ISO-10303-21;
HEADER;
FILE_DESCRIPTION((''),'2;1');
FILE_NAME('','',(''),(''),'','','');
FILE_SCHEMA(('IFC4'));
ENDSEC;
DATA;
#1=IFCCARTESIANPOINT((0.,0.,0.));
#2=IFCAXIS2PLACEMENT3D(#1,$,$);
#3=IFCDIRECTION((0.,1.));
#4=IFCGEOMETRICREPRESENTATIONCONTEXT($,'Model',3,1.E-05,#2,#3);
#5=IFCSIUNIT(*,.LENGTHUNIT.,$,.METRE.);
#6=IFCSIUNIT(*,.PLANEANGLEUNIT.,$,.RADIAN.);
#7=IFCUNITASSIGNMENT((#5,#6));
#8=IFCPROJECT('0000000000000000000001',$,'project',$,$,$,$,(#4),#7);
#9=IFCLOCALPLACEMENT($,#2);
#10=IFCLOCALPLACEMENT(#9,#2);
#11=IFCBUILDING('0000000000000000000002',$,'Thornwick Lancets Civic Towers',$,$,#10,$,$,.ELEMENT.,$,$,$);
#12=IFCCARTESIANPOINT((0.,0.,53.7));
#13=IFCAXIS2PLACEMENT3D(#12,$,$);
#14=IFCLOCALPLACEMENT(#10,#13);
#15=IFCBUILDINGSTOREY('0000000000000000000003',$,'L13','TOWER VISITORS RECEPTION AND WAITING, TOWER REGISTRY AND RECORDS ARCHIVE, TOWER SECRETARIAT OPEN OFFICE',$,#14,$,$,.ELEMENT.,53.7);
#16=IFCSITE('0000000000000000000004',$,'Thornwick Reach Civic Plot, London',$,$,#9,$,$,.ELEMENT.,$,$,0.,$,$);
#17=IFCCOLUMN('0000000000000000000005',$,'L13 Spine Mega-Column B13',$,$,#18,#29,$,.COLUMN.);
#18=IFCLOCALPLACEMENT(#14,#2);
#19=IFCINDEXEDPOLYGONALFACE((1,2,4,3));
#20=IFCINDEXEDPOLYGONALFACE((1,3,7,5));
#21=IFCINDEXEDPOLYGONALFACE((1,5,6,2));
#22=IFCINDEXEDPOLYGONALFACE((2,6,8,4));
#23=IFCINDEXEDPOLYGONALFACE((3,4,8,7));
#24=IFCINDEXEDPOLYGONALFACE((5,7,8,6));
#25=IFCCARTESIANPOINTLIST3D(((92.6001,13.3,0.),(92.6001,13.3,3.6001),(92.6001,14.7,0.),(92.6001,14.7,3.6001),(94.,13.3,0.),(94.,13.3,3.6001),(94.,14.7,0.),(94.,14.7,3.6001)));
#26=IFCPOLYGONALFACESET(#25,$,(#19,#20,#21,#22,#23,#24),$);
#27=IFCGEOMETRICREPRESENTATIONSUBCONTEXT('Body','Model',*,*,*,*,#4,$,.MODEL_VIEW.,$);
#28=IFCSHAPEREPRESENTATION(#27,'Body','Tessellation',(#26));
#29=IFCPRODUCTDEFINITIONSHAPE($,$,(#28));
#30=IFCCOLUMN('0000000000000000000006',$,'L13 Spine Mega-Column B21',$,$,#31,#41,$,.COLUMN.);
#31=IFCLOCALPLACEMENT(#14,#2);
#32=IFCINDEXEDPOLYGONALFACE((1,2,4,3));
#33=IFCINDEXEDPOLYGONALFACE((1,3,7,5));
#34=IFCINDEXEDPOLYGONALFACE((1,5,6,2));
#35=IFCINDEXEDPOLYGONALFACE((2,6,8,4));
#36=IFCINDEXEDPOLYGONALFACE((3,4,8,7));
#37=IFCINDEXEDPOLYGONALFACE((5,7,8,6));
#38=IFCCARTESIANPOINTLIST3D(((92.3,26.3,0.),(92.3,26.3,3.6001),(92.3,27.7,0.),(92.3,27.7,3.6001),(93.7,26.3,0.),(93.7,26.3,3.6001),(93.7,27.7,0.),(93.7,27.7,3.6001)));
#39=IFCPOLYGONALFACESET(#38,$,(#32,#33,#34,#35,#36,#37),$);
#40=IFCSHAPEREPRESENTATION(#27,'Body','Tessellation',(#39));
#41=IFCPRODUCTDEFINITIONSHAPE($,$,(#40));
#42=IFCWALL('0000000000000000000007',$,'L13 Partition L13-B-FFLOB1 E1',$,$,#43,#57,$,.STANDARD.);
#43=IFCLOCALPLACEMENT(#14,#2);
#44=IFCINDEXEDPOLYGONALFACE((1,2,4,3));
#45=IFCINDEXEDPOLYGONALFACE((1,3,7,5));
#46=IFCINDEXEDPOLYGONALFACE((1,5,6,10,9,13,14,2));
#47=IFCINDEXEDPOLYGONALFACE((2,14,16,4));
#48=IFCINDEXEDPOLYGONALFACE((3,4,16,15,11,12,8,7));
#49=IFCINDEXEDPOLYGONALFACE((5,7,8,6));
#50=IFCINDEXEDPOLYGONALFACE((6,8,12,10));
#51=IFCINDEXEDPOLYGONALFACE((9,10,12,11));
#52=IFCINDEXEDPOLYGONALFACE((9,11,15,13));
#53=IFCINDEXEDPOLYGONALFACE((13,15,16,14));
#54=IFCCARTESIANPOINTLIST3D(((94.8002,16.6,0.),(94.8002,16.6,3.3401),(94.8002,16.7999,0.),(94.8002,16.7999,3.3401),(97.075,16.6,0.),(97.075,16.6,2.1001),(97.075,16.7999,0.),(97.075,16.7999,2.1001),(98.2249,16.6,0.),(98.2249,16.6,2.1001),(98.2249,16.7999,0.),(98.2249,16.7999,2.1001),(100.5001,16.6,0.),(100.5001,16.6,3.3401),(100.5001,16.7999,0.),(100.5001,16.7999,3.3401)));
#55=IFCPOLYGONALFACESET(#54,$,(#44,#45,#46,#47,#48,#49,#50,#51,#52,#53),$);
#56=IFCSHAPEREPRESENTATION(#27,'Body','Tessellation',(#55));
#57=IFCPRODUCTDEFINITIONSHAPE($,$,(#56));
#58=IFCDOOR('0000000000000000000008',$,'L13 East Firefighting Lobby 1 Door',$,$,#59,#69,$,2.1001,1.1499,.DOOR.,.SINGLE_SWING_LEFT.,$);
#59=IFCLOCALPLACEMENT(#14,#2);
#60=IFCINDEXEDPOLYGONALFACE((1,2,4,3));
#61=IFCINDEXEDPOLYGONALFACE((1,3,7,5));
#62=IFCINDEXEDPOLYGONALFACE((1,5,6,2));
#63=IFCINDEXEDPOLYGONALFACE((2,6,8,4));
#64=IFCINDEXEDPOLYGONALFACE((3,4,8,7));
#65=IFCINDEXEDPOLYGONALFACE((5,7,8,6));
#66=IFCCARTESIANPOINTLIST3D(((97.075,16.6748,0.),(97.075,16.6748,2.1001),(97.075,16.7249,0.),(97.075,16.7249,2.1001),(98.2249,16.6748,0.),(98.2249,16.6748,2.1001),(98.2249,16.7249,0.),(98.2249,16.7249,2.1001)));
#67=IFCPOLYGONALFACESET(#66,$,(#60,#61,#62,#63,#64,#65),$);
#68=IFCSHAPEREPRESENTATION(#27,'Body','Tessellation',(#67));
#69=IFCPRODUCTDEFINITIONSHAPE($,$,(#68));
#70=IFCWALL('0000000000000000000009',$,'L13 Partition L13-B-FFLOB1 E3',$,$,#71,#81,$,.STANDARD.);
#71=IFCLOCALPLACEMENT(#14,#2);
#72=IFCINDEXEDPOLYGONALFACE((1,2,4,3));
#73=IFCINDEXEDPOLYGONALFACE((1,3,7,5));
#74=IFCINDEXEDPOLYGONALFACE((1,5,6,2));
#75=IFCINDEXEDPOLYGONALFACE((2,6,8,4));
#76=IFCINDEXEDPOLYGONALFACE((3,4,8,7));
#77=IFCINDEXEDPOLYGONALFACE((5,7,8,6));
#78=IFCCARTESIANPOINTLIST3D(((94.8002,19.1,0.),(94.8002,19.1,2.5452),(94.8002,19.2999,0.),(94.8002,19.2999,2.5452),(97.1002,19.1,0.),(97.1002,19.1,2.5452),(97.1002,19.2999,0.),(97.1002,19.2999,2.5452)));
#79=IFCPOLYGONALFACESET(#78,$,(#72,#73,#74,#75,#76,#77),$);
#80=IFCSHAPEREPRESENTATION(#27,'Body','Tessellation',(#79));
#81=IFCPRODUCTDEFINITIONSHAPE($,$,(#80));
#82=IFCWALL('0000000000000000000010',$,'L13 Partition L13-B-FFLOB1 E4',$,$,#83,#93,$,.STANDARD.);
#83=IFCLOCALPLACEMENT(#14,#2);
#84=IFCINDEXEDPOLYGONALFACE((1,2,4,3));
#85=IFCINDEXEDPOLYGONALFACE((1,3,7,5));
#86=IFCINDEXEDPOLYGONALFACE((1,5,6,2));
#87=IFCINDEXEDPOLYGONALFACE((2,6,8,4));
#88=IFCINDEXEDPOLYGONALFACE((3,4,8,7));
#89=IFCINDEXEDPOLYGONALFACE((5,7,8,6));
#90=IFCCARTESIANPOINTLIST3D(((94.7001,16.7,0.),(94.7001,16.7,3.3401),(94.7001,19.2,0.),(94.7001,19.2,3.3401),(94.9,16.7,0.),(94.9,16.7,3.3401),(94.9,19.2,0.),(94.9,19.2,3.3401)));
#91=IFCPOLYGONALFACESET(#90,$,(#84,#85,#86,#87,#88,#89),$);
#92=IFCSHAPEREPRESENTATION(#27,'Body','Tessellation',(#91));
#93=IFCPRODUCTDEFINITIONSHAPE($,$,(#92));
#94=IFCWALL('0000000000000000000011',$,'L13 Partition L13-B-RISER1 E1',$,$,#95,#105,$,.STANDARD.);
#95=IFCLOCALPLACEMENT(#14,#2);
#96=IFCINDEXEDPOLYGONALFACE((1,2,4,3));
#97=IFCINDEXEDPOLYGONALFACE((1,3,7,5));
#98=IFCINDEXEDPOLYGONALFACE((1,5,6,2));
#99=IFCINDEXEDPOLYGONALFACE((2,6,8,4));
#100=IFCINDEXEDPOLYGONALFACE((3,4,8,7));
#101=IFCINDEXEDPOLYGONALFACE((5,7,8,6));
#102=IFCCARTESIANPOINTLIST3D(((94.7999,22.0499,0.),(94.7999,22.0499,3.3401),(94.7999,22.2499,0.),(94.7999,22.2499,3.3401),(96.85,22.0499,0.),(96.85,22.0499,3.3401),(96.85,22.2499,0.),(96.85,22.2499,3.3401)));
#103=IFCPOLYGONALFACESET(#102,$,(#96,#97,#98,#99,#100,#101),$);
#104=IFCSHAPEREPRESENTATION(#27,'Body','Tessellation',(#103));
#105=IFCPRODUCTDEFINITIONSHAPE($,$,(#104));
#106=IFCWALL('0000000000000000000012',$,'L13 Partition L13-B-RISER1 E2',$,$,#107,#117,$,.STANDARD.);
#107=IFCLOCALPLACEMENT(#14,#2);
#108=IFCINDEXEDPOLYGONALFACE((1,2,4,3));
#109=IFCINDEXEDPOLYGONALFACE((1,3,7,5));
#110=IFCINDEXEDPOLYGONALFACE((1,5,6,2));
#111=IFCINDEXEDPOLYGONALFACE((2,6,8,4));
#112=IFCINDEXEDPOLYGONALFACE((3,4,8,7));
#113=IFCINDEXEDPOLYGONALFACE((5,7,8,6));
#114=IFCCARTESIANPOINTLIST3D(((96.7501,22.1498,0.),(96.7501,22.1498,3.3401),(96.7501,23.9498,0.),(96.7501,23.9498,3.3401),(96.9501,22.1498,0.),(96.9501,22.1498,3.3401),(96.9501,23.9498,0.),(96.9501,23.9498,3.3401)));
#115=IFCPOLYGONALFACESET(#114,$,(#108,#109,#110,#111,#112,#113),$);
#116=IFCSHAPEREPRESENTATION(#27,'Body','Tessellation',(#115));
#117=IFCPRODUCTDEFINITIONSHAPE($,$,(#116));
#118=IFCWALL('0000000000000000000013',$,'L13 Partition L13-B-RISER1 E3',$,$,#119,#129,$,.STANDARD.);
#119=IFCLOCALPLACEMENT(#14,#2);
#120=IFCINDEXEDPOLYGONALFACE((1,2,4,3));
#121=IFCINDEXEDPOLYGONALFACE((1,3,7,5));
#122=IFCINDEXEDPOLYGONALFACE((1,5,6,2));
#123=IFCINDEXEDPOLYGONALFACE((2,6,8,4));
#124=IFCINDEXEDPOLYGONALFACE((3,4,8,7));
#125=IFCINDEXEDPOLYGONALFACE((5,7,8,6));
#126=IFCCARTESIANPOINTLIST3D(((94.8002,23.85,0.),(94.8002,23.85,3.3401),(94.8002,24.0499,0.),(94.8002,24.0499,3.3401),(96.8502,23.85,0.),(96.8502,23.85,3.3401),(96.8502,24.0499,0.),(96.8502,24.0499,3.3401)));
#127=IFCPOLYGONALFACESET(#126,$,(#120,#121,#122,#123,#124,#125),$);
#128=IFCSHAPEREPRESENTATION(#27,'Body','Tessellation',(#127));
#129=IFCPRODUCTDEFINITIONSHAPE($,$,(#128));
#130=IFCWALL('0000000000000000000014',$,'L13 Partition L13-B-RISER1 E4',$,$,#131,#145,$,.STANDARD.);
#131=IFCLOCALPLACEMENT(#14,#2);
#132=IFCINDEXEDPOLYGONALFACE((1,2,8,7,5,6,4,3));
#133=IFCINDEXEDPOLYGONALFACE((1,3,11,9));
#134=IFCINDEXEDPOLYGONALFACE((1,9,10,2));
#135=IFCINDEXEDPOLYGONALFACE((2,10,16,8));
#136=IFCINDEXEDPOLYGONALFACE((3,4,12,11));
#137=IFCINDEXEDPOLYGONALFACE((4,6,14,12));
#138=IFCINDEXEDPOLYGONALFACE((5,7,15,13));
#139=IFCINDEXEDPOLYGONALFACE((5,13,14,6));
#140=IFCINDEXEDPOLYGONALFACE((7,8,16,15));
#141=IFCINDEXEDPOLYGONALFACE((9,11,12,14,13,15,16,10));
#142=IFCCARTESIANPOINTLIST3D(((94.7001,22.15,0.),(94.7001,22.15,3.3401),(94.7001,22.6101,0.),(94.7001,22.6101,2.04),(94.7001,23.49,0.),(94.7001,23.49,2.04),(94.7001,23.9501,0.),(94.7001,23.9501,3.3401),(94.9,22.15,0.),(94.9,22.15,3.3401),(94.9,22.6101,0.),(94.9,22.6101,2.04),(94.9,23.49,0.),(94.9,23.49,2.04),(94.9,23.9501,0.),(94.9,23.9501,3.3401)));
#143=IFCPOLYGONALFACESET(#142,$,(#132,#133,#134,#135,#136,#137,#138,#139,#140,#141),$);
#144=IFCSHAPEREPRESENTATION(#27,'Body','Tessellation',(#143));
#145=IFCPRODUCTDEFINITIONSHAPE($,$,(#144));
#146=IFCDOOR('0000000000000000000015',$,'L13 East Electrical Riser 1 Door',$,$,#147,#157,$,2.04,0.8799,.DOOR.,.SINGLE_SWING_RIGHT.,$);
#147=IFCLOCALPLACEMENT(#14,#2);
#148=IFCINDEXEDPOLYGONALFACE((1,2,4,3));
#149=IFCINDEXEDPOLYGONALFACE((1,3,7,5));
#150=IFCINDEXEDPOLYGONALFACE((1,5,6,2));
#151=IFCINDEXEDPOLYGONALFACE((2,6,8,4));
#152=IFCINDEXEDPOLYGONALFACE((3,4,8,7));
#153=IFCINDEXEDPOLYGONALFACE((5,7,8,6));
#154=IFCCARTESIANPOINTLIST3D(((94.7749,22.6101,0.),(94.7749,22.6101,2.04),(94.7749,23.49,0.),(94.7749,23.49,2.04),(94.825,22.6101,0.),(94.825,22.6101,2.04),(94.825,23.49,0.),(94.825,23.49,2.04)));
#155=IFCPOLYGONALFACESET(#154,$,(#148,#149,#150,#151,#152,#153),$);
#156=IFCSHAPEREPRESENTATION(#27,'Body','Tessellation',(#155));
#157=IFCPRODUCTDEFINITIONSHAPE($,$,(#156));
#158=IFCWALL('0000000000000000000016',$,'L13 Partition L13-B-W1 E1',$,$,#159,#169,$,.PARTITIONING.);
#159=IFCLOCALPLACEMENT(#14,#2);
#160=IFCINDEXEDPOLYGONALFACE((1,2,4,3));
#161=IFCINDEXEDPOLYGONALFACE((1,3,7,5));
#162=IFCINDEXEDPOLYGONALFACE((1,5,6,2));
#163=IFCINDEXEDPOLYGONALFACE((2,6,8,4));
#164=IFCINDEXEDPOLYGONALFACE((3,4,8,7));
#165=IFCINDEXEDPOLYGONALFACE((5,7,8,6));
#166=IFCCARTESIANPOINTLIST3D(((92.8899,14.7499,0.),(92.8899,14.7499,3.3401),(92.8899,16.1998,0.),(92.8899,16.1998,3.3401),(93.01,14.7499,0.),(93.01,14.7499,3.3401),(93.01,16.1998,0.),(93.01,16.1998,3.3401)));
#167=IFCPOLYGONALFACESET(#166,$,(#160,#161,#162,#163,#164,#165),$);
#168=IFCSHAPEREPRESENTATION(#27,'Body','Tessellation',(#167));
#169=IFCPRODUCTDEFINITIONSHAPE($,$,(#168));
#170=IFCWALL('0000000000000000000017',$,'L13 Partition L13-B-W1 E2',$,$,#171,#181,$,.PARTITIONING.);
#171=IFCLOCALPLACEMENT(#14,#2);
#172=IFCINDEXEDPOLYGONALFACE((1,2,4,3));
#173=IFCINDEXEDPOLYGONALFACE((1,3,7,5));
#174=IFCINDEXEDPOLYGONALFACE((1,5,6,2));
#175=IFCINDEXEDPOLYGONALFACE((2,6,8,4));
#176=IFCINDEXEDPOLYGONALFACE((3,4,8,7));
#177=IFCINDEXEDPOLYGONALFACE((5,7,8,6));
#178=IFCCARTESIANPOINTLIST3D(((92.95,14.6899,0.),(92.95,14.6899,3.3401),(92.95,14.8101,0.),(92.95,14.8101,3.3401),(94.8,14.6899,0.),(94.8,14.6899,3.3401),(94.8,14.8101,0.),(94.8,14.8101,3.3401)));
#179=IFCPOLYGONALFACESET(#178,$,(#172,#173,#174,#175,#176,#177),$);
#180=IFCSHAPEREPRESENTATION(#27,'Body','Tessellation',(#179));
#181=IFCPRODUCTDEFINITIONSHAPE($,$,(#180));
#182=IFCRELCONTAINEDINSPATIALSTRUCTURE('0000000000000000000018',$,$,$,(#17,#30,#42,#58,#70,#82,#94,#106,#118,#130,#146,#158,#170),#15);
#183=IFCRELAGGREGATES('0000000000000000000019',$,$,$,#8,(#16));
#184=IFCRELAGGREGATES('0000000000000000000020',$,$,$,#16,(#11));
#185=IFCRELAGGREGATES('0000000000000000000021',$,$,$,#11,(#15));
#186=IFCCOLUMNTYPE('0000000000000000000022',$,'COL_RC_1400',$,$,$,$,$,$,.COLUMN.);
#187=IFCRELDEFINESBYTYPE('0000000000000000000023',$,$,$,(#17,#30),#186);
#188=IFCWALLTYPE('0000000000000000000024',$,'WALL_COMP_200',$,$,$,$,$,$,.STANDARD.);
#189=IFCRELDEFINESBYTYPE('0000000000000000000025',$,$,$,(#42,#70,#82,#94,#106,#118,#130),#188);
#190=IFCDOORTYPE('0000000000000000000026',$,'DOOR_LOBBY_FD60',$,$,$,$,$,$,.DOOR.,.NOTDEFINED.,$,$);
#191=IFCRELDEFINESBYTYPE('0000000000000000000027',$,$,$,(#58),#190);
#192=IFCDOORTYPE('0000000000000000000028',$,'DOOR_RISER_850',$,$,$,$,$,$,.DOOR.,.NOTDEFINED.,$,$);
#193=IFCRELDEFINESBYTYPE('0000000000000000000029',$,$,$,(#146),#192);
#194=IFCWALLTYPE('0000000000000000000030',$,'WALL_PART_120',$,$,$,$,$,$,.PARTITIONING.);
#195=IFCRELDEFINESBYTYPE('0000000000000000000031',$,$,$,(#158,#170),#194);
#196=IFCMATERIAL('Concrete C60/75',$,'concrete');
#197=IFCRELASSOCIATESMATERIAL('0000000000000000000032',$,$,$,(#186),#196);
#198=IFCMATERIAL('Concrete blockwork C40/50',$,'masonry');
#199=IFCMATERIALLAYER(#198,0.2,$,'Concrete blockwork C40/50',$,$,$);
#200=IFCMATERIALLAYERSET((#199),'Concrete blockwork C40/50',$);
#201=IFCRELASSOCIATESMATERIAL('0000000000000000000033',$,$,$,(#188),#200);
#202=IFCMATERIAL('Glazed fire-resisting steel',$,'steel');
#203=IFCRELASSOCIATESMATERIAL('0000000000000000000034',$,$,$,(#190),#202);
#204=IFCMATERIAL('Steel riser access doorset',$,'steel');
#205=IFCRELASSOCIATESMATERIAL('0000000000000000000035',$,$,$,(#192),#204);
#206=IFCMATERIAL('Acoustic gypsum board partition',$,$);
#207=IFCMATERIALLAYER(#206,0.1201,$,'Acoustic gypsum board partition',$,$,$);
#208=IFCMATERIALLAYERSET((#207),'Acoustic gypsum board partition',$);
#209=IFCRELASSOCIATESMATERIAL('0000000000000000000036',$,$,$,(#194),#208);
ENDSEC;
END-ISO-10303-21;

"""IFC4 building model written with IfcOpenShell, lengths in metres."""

from ifc_helpers import new_model, si_unit, direction, frame, frame_2d, origin, origin_2d, place, context, subcontext, project, spatial, rectangle, extrude, material, layer, layer_set, material_profile, profile_set, type_object, element, fill, save


model = new_model("IFC4")

# Units and contexts
model_context = context("Model", 3, precision=1e-05, world=origin(), true_north=direction((0.0, 1.0)))
body_context = subcontext(model_context, "Body", "Model", "MODEL_VIEW")
ifc_project = project(units=[si_unit("LENGTHUNIT", "METRE"), si_unit("PLANEANGLEUNIT", "RADIAN")], contexts=[model_context])

# Site, building, storey
site_placement = place(None, origin())
site = spatial("IfcSite", under=ifc_project, at=site_placement, Name="Thornwick Reach Civic Plot, London", CompositionType="ELEMENT", RefElevation=0.0)
building_placement = place(site_placement, origin())
building = spatial("IfcBuilding", under=site, at=building_placement, Name="Thornwick Lancets Civic Towers", CompositionType="ELEMENT")
storey_placement = place(building_placement, frame((0.0, 0.0, 53.7)))
storey = spatial("IfcBuildingStorey", under=building, at=storey_placement, Name="L13", Description="TOWER VISITORS RECEPTION AND WAITING, TOWER REGISTRY AND RECORDS ARCHIVE, TOWER SECRETARIAT OPEN OFFICE", CompositionType="ELEMENT", Elevation=53.7)

# Columns
ifc_material_1 = material(Name="Concrete C60/75", Category="concrete")
ifc_material_profile = material_profile(ifc_material_1, rectangle(XDim=1.3999, YDim=1.3999, at=origin_2d()), Name="RC 1400x1400")
ifc_profile_set = profile_set([ifc_material_profile], Name="Concrete C60/75")
column_type = type_object("IfcColumnType", Name="COL_RC_1400", PredefinedType="COLUMN", material=ifc_profile_set)
for number, where, z_axis, x_axis, name in (
    (1, (93.3, 14.0, 0.0), (0.0, 0.0, 1.0), (1.0, 0.0, 0.0), "L13 Spine Mega-Column B13"),
    (2, (93.0, 27.0, 0.0), (0.0, 0.0, 1.0), (1.0, 0.0, 0.0), "L13 Spine Mega-Column B21"),
):
    element("IfcColumn", number, at=place(storey_placement, frame(where, z_axis=z_axis, x_axis=x_axis)), inside=storey, type_object=column_type, Name=name, PredefinedType="COLUMN", context=body_context, shape_type="SweptSolid", body=[
        extrude(rectangle(XDim=1.3999, YDim=1.3999, at=origin_2d()), origin(), (0.0, 0.0, 1.0), 3.6001),
    ])

# Wall, opening, door
ifc_material_2 = material(Name="Concrete blockwork C40/50", Category="masonry")
ifc_layer_1 = layer(ifc_material_2, 0.2, Name="Concrete blockwork C40/50")
ifc_layer_set_1 = layer_set([ifc_layer_1], Name="Concrete blockwork C40/50")
wall_type_1 = type_object("IfcWallType", Name="WALL_COMP_200", PredefinedType="STANDARD", material=ifc_layer_set_1)
wall_1_placement = place(storey_placement, frame((94.8, 16.7, 0.0), z_axis=(0.0, 0.0, 1.0), x_axis=(1.0, 0.0, 0.0)))
wall_1 = element("IfcWall", 3, at=wall_1_placement, inside=storey, type_object=wall_type_1, Name="L13 Partition L13-B-FFLOB1 E1", PredefinedType="STANDARD", context=body_context, shape_type="SweptSolid", body=[
    extrude(rectangle(XDim=5.7, YDim=0.2, at=frame_2d((2.8501, 0.0))), origin(), (0.0, 0.0, 1.0), 3.3401),
])
opening_1_placement = place(wall_1_placement, frame((2.2749, 0.0, 0.0)))
opening_1 = element("IfcOpeningElement", 4, at=opening_1_placement, cuts=wall_1, PredefinedType="OPENING", context=body_context, shape_type="SweptSolid", body=[
    extrude(rectangle(XDim=1.1499, YDim=2.1001, at=frame_2d((0.575, 1.05))), frame((0.0, 0.1099, 0.0), z_axis=(0.0, -1.0, 0.0), x_axis=(1.0, 0.0, 0.0)), (0.0, 0.0, 1.0), 0.22),
])
ifc_material_3 = material(Name="Glazed fire-resisting steel", Category="steel")
door_type_1 = type_object("IfcDoorType", Name="DOOR_LOBBY_FD60", OperationType="NOTDEFINED", PredefinedType="DOOR", material=ifc_material_3)
door_1_placement = place(opening_1_placement, origin())
door_1 = element("IfcDoor", 5, at=door_1_placement, inside=storey, type_object=door_type_1, Name="L13 East Firefighting Lobby 1 Door", OperationType="SINGLE_SWING_LEFT", OverallHeight=2.1001, OverallWidth=1.1499, PredefinedType="DOOR", context=body_context, shape_type="SweptSolid", body=[
    extrude(rectangle(XDim=1.1499, YDim=2.1001, at=frame_2d((0.575, 1.05))), frame((0.0, 0.0249, 0.0), z_axis=(0.0, -1.0, 0.0), x_axis=(1.0, 0.0, 0.0)), (0.0, 0.0, 1.0), 0.05),
])
fill(opening_1, door_1)

# Walls
wall_2_placement = place(storey_placement, frame((97.1001, 19.2, 0.0), z_axis=(0.0, 0.0, 1.0), x_axis=(-1.0, 0.0, 0.0)))
element("IfcWall", 6, at=wall_2_placement, inside=storey, type_object=wall_type_1, Name="L13 Partition L13-B-FFLOB1 E3", PredefinedType="STANDARD", context=body_context, shape_type="SweptSolid", body=[
    extrude(rectangle(XDim=2.3, YDim=0.2, at=frame_2d((1.1499, 0.0))), origin(), (0.0, 0.0, 1.0), 2.5452),
])
wall_3_placement = place(storey_placement, frame((94.8, 19.2, 0.0), z_axis=(0.0, 0.0, 1.0), x_axis=(0.0, -1.0, 0.0)))
element("IfcWall", 7, at=wall_3_placement, inside=storey, type_object=wall_type_1, Name="L13 Partition L13-B-FFLOB1 E4", PredefinedType="STANDARD", context=body_context, shape_type="SweptSolid", body=[
    extrude(rectangle(XDim=2.5, YDim=0.2, at=frame_2d((1.25, 0.0))), origin(), (0.0, 0.0, 1.0), 3.3401),
])
wall_4_placement = place(storey_placement, frame((94.8, 22.1499, 0.0), z_axis=(0.0, 0.0, 1.0), x_axis=(1.0, 0.0, 0.0)))
element("IfcWall", 8, at=wall_4_placement, inside=storey, type_object=wall_type_1, Name="L13 Partition L13-B-RISER1 E1", PredefinedType="STANDARD", context=body_context, shape_type="SweptSolid", body=[
    extrude(rectangle(XDim=2.05, YDim=0.2, at=frame_2d((1.0249, 0.0))), origin(), (0.0, 0.0, 1.0), 3.3401),
])
wall_5_placement = place(storey_placement, frame((96.8501, 22.1499, 0.0), z_axis=(0.0, 0.0, 1.0), x_axis=(0.0, 1.0, 0.0)))
element("IfcWall", 9, at=wall_5_placement, inside=storey, type_object=wall_type_1, Name="L13 Partition L13-B-RISER1 E2", PredefinedType="STANDARD", context=body_context, shape_type="SweptSolid", body=[
    extrude(rectangle(XDim=1.8, YDim=0.2, at=frame_2d((0.8999, 0.0))), origin(), (0.0, 0.0, 1.0), 3.3401),
])
wall_6_placement = place(storey_placement, frame((96.8501, 23.95, 0.0), z_axis=(0.0, 0.0, 1.0), x_axis=(-1.0, 0.0, 0.0)))
element("IfcWall", 10, at=wall_6_placement, inside=storey, type_object=wall_type_1, Name="L13 Partition L13-B-RISER1 E3", PredefinedType="STANDARD", context=body_context, shape_type="SweptSolid", body=[
    extrude(rectangle(XDim=2.05, YDim=0.2, at=frame_2d((1.0249, 0.0))), origin(), (0.0, 0.0, 1.0), 3.3401),
])

# Wall, opening, door
wall_7_placement = place(storey_placement, frame((94.8, 23.95, 0.0), z_axis=(0.0, 0.0, 1.0), x_axis=(0.0, -1.0, 0.0)))
wall_7 = element("IfcWall", 11, at=wall_7_placement, inside=storey, type_object=wall_type_1, Name="L13 Partition L13-B-RISER1 E4", PredefinedType="STANDARD", context=body_context, shape_type="SweptSolid", body=[
    extrude(rectangle(XDim=1.8, YDim=0.2, at=frame_2d((0.8999, 0.0))), origin(), (0.0, 0.0, 1.0), 3.3401),
])
opening_2_placement = place(wall_7_placement, frame((0.46, 0.0, 0.0)))
opening_2 = element("IfcOpeningElement", 12, at=opening_2_placement, cuts=wall_7, PredefinedType="OPENING", context=body_context, shape_type="SweptSolid", body=[
    extrude(rectangle(XDim=0.8799, YDim=2.04, at=frame_2d((0.4399, 1.02))), frame((0.0, 0.1099, 0.0), z_axis=(0.0, -1.0, 0.0), x_axis=(1.0, 0.0, 0.0)), (0.0, 0.0, 1.0), 0.22),
])
ifc_material_4 = material(Name="Steel riser access doorset", Category="steel")
door_type_2 = type_object("IfcDoorType", Name="DOOR_RISER_850", OperationType="NOTDEFINED", PredefinedType="DOOR", material=ifc_material_4)
door_2_placement = place(opening_2_placement, origin())
door_2 = element("IfcDoor", 13, at=door_2_placement, inside=storey, type_object=door_type_2, Name="L13 East Electrical Riser 1 Door", OperationType="SINGLE_SWING_RIGHT", OverallHeight=2.04, OverallWidth=0.8799, PredefinedType="DOOR", context=body_context, shape_type="SweptSolid", body=[
    extrude(rectangle(XDim=0.8799, YDim=2.04, at=frame_2d((0.4399, 1.02))), frame((0.0, 0.0249, 0.0), z_axis=(0.0, -1.0, 0.0), x_axis=(1.0, 0.0, 0.0)), (0.0, 0.0, 1.0), 0.05),
])
fill(opening_2, door_2)

# Walls
ifc_material_5 = material(Name="Acoustic gypsum board partition")
ifc_layer_2 = layer(ifc_material_5, 0.1201, Name="Acoustic gypsum board partition")
ifc_layer_set_2 = layer_set([ifc_layer_2], Name="Acoustic gypsum board partition")
wall_type_2 = type_object("IfcWallType", Name="WALL_PART_120", PredefinedType="PARTITIONING", material=ifc_layer_set_2)
wall_8_placement = place(storey_placement, frame((92.95, 16.2, 0.0), z_axis=(0.0, 0.0, 1.0), x_axis=(0.0, -1.0, 0.0)))
element("IfcWall", 14, at=wall_8_placement, inside=storey, type_object=wall_type_2, Name="L13 Partition L13-B-W1 E1", PredefinedType="PARTITIONING", context=body_context, shape_type="SweptSolid", body=[
    extrude(rectangle(XDim=1.45, YDim=0.1201, at=frame_2d((0.7251, 0.0))), origin(), (0.0, 0.0, 1.0), 3.3401),
])
wall_9_placement = place(storey_placement, frame((92.95, 14.75, 0.0), z_axis=(0.0, 0.0, 1.0), x_axis=(1.0, 0.0, 0.0)))
element("IfcWall", 15, at=wall_9_placement, inside=storey, type_object=wall_type_2, Name="L13 Partition L13-B-W1 E2", PredefinedType="PARTITIONING", context=body_context, shape_type="SweptSolid", body=[
    extrude(rectangle(XDim=1.8501, YDim=0.1201, at=frame_2d((0.925, 0.0))), origin(), (0.0, 0.0, 1.0), 3.3401),
])

save(model, "model.ifc")
